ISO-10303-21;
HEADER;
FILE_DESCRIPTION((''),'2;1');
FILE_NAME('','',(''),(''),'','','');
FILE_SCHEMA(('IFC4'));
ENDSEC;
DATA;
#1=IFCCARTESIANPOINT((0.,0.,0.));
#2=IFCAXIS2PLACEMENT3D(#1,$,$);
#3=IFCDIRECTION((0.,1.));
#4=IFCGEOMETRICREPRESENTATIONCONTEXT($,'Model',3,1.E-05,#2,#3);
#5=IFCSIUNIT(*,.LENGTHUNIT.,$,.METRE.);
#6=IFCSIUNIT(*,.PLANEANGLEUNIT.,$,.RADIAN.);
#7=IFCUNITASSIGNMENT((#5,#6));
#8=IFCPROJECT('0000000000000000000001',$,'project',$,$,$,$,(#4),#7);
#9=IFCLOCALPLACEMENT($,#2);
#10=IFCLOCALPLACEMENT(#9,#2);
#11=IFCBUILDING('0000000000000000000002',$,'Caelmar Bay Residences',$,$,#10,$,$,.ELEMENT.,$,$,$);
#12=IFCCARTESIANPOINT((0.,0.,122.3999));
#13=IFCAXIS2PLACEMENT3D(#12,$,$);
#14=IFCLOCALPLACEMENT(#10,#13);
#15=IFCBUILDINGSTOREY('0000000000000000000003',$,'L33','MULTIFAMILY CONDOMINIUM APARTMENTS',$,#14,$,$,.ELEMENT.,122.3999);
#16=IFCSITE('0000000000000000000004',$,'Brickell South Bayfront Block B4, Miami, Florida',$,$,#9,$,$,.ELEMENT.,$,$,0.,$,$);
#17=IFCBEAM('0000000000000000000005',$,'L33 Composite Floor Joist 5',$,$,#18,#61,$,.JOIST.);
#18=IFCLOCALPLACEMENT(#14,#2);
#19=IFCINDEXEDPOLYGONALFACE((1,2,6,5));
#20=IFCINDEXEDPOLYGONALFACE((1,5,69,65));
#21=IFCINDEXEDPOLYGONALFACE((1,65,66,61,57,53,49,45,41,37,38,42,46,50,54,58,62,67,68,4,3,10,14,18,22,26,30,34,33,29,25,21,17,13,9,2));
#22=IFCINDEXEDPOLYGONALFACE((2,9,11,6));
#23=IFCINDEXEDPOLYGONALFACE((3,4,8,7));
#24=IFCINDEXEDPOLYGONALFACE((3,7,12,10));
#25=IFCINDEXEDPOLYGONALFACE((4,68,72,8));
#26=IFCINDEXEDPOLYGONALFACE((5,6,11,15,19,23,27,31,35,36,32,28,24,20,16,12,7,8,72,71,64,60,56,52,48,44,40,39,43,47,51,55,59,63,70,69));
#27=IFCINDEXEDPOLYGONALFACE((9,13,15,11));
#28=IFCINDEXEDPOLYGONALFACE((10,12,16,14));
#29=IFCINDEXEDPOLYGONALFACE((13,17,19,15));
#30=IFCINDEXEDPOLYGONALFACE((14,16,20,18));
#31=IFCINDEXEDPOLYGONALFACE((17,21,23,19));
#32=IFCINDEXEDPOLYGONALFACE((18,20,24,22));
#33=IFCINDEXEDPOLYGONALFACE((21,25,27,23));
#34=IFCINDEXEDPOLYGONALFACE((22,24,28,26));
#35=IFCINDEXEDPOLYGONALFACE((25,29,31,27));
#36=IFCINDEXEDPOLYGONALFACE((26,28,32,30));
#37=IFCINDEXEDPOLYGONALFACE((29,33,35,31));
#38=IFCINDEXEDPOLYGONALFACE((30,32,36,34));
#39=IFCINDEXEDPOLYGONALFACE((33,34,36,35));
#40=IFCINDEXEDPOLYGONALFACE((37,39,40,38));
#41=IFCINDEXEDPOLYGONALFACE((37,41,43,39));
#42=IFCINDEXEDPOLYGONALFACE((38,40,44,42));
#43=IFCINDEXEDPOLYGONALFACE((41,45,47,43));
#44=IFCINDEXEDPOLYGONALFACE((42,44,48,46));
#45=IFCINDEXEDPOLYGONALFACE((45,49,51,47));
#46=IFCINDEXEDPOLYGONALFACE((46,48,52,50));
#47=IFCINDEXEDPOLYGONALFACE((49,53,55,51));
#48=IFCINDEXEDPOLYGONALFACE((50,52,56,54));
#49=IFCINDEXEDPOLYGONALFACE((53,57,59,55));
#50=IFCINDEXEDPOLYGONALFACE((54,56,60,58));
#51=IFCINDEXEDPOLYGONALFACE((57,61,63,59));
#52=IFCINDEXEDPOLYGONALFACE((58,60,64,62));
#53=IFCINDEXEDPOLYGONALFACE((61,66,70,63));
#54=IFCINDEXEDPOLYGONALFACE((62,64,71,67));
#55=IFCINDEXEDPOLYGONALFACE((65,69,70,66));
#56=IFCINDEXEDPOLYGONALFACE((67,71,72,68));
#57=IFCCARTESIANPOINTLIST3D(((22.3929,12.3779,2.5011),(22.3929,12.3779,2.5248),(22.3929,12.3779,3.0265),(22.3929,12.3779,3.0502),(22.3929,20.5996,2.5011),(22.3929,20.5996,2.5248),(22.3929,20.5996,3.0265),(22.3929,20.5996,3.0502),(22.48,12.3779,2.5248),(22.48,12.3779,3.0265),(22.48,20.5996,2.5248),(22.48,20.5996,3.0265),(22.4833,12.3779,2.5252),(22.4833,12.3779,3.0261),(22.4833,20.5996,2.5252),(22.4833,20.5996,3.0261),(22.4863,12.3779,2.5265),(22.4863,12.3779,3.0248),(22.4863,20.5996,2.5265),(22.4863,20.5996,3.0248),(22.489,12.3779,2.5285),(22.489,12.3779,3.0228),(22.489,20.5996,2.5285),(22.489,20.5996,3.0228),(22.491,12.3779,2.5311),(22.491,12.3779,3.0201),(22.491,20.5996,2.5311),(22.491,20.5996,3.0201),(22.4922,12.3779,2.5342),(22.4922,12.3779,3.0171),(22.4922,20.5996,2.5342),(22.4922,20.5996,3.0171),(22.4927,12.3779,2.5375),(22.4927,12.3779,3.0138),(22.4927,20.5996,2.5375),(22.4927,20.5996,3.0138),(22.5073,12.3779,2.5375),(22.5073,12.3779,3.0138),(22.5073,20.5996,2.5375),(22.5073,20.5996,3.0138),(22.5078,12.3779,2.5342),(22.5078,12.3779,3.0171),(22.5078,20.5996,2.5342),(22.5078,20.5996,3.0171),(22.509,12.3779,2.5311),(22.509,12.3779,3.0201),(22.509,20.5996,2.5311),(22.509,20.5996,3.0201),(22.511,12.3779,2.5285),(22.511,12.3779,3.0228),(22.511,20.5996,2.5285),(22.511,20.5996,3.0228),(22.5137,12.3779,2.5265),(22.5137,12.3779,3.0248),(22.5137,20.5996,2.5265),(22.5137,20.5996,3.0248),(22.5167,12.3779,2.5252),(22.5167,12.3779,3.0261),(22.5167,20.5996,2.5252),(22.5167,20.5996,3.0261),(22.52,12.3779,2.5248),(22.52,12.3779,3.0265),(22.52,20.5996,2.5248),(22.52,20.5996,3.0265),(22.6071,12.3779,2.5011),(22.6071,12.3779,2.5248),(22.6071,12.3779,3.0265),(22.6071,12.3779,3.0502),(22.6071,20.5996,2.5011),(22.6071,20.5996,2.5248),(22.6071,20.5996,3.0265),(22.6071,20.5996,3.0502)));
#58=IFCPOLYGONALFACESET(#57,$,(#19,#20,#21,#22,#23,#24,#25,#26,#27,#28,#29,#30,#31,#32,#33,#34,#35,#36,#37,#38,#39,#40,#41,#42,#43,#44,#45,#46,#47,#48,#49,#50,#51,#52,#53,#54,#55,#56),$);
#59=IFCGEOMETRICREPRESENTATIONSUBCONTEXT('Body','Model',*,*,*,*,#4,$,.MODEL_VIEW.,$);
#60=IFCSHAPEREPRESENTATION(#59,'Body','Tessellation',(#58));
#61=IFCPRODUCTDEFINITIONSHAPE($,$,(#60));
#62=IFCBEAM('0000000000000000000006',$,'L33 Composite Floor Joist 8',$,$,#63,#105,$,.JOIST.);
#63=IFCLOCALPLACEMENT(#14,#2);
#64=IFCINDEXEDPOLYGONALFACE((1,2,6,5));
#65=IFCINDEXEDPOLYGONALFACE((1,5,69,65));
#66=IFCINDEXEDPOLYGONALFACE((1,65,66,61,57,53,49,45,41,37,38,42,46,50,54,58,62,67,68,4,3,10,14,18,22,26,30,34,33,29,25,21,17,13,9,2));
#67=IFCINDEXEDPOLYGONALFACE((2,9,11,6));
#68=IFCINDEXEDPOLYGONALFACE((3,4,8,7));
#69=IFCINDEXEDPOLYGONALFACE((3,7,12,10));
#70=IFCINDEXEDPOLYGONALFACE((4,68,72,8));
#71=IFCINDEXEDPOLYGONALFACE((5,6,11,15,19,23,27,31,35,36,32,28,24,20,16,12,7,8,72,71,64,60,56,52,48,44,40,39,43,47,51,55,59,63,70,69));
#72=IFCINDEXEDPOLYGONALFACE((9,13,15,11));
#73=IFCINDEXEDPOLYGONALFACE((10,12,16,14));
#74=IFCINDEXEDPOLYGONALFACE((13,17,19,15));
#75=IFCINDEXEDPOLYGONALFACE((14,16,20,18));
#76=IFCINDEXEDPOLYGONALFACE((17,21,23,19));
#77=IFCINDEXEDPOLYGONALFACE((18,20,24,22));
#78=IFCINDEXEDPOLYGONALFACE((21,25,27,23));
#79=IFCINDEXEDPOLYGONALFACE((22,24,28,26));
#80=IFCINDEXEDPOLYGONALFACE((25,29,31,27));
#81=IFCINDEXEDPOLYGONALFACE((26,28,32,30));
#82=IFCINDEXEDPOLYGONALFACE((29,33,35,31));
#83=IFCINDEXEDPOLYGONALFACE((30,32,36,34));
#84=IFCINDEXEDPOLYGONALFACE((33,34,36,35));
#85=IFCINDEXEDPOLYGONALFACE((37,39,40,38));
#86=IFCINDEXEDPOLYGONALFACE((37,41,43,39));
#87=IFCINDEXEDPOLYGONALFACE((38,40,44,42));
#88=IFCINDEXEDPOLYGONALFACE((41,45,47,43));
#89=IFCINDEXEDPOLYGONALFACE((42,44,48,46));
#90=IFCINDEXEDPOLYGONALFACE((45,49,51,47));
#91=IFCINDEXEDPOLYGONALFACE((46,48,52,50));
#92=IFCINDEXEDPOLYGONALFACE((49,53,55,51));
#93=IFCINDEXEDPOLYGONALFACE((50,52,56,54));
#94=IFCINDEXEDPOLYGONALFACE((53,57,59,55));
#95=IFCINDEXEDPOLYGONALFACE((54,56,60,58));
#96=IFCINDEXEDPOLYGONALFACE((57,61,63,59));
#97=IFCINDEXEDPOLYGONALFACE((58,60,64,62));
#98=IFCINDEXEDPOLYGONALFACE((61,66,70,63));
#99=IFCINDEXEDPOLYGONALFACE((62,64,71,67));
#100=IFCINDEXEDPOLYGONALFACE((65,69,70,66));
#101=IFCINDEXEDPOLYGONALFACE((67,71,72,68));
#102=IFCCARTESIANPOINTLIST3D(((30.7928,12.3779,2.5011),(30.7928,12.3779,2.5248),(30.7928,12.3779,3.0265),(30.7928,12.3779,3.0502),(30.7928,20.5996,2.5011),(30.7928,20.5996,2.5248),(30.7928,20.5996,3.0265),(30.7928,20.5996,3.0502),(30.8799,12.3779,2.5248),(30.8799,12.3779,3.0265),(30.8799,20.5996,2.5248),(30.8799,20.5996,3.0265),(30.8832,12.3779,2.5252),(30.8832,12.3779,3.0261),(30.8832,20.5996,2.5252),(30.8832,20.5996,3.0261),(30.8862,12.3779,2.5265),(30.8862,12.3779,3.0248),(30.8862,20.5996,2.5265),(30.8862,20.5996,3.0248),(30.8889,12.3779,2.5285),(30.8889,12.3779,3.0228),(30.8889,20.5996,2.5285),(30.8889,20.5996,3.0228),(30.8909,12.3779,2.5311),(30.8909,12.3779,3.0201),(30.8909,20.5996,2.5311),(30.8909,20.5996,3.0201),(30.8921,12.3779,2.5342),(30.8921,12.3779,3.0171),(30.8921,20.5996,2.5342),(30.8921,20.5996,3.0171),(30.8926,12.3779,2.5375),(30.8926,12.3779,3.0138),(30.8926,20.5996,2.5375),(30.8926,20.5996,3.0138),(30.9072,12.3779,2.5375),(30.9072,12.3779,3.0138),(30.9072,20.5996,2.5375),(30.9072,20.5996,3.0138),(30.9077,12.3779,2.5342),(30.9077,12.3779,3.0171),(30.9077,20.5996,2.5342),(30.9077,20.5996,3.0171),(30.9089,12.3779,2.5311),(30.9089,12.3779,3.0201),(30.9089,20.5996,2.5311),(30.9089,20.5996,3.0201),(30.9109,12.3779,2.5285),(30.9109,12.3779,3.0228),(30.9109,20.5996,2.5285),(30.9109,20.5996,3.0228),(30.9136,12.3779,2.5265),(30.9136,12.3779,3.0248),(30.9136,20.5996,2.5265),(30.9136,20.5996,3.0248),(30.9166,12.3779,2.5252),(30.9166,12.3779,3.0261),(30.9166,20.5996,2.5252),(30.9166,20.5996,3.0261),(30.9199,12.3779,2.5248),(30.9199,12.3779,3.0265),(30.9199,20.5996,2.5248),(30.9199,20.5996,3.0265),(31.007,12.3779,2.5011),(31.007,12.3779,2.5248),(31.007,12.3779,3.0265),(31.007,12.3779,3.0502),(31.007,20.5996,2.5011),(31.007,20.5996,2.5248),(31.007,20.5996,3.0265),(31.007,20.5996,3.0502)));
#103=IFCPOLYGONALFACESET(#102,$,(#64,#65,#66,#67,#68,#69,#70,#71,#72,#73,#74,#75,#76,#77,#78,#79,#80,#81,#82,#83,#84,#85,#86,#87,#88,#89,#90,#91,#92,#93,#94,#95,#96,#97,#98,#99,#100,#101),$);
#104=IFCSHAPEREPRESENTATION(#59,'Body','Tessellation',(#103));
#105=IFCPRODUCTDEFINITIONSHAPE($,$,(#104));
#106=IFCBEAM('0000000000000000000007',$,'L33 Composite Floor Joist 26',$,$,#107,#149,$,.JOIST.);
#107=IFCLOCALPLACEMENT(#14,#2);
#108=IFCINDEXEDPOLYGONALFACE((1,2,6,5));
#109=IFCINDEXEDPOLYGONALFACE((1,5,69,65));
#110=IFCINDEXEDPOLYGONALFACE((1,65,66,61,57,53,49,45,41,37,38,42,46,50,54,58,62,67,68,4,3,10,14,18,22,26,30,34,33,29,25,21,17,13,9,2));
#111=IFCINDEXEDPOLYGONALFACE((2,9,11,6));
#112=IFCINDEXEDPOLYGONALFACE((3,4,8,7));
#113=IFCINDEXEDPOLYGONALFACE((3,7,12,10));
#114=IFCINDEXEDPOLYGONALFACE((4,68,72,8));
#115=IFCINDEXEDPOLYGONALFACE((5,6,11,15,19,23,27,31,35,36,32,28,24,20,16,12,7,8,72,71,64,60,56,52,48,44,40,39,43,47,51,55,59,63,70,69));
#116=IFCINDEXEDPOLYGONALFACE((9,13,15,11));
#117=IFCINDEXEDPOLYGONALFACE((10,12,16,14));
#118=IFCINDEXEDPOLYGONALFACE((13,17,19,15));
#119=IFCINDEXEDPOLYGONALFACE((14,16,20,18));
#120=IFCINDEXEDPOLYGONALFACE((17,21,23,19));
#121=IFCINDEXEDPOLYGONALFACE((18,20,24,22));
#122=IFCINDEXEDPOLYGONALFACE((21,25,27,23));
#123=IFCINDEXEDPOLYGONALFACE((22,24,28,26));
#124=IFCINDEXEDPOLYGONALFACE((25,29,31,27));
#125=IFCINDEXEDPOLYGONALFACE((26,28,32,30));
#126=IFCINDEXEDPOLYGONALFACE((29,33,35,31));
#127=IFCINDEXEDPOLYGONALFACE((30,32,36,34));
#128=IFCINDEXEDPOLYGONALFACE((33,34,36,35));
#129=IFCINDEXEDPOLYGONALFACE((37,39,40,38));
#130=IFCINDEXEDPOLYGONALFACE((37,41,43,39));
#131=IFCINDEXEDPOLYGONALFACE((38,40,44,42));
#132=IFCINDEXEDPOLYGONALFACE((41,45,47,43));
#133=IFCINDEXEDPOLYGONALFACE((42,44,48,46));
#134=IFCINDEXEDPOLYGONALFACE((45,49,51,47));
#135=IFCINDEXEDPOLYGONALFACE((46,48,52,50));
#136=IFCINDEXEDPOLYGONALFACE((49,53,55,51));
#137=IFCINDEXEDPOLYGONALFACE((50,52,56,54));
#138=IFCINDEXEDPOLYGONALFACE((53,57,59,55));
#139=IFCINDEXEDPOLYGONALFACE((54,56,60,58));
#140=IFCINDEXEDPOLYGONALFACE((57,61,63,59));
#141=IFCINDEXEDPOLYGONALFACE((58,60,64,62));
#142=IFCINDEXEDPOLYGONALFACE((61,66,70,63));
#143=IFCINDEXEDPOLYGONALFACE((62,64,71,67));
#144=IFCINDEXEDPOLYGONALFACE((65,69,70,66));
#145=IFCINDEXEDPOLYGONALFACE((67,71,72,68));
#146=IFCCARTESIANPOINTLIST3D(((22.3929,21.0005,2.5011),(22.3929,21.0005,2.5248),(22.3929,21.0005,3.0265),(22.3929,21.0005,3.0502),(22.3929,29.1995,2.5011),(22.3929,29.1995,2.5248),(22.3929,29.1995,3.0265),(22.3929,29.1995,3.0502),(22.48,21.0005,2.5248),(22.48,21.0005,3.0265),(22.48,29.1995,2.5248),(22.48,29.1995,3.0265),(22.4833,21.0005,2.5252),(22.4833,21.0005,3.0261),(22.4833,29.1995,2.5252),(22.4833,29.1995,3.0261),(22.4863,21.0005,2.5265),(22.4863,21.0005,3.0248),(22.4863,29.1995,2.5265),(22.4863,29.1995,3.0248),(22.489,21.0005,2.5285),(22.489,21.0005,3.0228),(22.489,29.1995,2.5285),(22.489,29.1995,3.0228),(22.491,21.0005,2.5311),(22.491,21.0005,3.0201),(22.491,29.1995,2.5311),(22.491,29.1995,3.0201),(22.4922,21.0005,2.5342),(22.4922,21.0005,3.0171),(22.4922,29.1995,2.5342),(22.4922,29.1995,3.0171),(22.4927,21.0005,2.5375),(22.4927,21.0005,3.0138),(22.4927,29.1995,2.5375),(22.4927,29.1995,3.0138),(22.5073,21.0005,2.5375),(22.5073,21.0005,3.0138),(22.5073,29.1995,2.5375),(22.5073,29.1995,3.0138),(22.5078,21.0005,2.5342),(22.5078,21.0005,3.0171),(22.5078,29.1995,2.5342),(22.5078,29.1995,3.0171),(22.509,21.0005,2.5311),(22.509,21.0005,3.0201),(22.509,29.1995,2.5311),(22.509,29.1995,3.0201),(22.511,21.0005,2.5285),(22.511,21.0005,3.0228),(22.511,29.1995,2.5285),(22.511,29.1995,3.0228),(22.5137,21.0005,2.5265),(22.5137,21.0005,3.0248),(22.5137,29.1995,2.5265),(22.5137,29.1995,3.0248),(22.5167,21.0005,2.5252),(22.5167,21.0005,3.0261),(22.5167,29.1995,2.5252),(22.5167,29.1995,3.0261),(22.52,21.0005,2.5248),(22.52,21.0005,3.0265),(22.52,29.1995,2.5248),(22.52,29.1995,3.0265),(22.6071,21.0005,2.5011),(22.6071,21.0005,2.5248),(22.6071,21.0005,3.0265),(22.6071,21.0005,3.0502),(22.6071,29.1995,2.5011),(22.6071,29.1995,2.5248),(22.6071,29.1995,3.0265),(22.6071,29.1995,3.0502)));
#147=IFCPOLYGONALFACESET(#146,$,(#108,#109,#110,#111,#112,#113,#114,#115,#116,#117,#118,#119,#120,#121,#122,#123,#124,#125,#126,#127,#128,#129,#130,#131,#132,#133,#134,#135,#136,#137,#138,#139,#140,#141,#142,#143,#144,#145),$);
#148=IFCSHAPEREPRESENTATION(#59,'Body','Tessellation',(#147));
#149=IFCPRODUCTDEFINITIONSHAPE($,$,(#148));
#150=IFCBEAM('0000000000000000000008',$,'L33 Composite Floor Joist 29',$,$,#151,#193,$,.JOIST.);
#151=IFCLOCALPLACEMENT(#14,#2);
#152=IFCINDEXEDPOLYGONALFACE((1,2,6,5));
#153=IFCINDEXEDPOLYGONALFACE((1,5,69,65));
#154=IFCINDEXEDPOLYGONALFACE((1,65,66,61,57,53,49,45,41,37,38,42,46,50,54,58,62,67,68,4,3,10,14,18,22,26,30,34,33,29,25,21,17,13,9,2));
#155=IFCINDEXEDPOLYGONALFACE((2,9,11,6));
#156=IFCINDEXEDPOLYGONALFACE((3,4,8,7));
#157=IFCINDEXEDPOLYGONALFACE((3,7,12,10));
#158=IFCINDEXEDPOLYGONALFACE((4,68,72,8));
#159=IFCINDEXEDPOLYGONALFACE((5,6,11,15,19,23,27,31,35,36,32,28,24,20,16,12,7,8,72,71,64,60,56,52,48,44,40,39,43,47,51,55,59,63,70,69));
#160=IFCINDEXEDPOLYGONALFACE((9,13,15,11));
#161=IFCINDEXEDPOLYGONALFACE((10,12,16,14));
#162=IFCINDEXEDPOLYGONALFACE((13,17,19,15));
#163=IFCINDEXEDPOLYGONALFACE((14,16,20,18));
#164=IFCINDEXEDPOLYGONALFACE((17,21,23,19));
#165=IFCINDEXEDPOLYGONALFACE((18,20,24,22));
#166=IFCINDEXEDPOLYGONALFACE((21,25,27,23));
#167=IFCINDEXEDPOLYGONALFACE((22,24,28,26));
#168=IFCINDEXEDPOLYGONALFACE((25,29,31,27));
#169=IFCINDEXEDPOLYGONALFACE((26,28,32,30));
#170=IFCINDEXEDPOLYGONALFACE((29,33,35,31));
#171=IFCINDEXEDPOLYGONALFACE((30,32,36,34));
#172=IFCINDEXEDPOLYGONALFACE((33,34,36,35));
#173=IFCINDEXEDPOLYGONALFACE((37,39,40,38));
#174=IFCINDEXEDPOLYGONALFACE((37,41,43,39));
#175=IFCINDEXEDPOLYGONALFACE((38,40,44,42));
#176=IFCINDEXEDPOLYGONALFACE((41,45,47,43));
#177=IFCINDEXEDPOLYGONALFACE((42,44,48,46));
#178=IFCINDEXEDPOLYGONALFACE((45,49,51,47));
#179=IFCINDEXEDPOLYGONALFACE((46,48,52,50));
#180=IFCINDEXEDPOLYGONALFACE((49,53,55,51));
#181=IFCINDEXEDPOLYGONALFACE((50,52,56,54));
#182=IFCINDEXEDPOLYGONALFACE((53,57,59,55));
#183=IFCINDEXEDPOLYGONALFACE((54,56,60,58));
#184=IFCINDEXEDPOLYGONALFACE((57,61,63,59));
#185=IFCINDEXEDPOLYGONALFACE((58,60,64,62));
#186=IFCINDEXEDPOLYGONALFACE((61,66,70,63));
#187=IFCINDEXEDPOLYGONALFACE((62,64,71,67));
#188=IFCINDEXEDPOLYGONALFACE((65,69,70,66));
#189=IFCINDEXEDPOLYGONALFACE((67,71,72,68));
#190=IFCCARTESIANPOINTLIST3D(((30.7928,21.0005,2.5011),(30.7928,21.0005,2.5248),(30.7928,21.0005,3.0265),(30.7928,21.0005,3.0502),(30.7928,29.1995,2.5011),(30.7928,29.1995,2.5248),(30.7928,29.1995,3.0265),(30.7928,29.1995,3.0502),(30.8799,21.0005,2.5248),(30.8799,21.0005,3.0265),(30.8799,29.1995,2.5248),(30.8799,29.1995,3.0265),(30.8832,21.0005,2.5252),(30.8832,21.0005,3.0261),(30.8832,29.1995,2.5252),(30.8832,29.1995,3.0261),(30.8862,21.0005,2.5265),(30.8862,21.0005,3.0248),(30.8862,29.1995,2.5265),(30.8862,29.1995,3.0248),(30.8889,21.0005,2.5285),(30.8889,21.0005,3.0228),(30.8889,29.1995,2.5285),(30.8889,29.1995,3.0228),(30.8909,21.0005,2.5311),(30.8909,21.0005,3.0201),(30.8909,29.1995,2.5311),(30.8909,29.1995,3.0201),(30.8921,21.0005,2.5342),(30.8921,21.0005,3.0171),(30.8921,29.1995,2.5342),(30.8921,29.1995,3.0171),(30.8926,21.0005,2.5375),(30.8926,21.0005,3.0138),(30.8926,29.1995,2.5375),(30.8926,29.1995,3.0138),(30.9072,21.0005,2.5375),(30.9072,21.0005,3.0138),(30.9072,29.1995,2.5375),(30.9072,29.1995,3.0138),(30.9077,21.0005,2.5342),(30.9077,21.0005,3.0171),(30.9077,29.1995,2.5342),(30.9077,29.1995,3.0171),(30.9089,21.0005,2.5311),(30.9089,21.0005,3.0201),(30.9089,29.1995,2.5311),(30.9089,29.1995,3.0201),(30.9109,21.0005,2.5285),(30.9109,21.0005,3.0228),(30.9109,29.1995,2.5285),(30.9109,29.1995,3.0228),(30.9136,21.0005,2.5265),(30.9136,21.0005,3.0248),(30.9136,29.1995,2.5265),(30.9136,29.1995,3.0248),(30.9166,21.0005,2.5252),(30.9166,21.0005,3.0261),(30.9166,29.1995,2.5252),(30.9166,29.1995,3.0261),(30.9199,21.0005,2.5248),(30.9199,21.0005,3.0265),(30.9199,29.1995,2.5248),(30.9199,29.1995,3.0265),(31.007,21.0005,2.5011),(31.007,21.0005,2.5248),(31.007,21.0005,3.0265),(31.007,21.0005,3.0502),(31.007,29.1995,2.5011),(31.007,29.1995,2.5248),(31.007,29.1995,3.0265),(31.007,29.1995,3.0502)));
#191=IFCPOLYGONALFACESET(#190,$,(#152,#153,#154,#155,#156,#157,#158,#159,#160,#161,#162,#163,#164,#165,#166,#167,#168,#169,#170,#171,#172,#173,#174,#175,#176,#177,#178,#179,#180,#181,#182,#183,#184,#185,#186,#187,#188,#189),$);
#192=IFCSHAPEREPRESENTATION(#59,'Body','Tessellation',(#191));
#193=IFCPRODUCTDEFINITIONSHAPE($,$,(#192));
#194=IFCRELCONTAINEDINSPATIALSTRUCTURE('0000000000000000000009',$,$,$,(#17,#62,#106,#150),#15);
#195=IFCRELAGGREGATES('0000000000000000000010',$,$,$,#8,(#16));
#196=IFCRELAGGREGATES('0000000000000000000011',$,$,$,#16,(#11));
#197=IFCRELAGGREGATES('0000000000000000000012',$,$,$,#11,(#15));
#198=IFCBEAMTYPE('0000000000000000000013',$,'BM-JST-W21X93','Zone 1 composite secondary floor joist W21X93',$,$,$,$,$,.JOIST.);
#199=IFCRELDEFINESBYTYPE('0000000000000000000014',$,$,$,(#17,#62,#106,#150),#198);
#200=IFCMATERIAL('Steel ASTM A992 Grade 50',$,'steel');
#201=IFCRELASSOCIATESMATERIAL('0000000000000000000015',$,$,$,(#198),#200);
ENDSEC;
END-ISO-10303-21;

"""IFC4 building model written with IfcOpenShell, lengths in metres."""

from ifc_helpers import new_model, si_unit, direction, frame, origin, origin_2d, place, context, subcontext, project, spatial, i_section, extrude, material, material_profile, profile_set, type_object, element, save


model = new_model("IFC4")

# Units and contexts
model_context = context("Model", 3, precision=1e-05, world=origin(), true_north=direction((0.0, 1.0)))
body_context = subcontext(model_context, "Body", "Model", "MODEL_VIEW")
ifc_project = project(units=[si_unit("LENGTHUNIT", "METRE"), si_unit("PLANEANGLEUNIT", "RADIAN")], contexts=[model_context])

# Site, building, storey
site_placement = place(None, origin())
site = spatial("IfcSite", under=ifc_project, at=site_placement, Name="Brickell South Bayfront Block B4, Miami, Florida", CompositionType="ELEMENT", RefElevation=0.0)
building_placement = place(site_placement, origin())
building = spatial("IfcBuilding", under=site, at=building_placement, Name="Caelmar Bay Residences", CompositionType="ELEMENT")
storey_placement = place(building_placement, frame((0.0, 0.0, 122.3999)))
storey = spatial("IfcBuildingStorey", under=building, at=storey_placement, Name="L33", Description="MULTIFAMILY CONDOMINIUM APARTMENTS", CompositionType="ELEMENT", Elevation=122.3999)

# Beams
ifc_material_1 = material(Name="Steel ASTM A992 Grade 50", Category="steel")
ifc_material_profile_1 = material_profile(ifc_material_1, i_section(OverallWidth=0.2141, OverallDepth=0.5491, WebThickness=0.0146, FlangeThickness=0.0237, FilletRadius=0.0127, at=origin_2d()), Name="W21X93")
ifc_profile_set_1 = profile_set([ifc_material_profile_1], Name="Steel ASTM A992 Grade 50")
beam_type_1 = type_object("IfcBeamType", Name="BM-JST-W21X93", Description="Zone 1 composite secondary floor joist W21X93", PredefinedType="JOIST", material=ifc_profile_set_1)
for number, where, z_axis, x_axis, name in (
    (1, (22.5, 12.3779, 2.7756), (0.0, 1.0, 0.0), (-1.0, 0.0, 0.0), "L33 Composite Floor Joist 5"),
    (2, (30.8999, 12.3779, 2.7756), (0.0, 1.0, 0.0), (-1.0, 0.0, 0.0), "L33 Composite Floor Joist 8"),
):
    element("IfcBeam", number, at=place(storey_placement, frame(where, z_axis=z_axis, x_axis=x_axis)), inside=storey, type_object=beam_type_1, Name=name, PredefinedType="JOIST", context=body_context, shape_type="SweptSolid", body=[
        extrude(i_section(OverallWidth=0.2141, OverallDepth=0.5491, WebThickness=0.0146, FlangeThickness=0.0237, FilletRadius=0.0127, at=origin_2d()), origin(), (0.0, 0.0, 1.0), 8.2217),
    ])
for number, where, z_axis, x_axis, name in (
    (3, (22.5, 21.0005, 2.7756), (0.0, 1.0, 0.0), (-1.0, 0.0, 0.0), "L33 Composite Floor Joist 26"),
    (4, (30.8999, 21.0005, 2.7756), (0.0, 1.0, 0.0), (-1.0, 0.0, 0.0), "L33 Composite Floor Joist 29"),
):
    element("IfcBeam", number, at=place(storey_placement, frame(where, z_axis=z_axis, x_axis=x_axis)), inside=storey, type_object=beam_type_1, Name=name, PredefinedType="JOIST", context=body_context, shape_type="SweptSolid", body=[
        extrude(i_section(OverallWidth=0.2141, OverallDepth=0.5491, WebThickness=0.0146, FlangeThickness=0.0237, FilletRadius=0.0127, at=origin_2d()), origin(), (0.0, 0.0, 1.0), 8.199),
    ])

save(model, "model.ifc")
